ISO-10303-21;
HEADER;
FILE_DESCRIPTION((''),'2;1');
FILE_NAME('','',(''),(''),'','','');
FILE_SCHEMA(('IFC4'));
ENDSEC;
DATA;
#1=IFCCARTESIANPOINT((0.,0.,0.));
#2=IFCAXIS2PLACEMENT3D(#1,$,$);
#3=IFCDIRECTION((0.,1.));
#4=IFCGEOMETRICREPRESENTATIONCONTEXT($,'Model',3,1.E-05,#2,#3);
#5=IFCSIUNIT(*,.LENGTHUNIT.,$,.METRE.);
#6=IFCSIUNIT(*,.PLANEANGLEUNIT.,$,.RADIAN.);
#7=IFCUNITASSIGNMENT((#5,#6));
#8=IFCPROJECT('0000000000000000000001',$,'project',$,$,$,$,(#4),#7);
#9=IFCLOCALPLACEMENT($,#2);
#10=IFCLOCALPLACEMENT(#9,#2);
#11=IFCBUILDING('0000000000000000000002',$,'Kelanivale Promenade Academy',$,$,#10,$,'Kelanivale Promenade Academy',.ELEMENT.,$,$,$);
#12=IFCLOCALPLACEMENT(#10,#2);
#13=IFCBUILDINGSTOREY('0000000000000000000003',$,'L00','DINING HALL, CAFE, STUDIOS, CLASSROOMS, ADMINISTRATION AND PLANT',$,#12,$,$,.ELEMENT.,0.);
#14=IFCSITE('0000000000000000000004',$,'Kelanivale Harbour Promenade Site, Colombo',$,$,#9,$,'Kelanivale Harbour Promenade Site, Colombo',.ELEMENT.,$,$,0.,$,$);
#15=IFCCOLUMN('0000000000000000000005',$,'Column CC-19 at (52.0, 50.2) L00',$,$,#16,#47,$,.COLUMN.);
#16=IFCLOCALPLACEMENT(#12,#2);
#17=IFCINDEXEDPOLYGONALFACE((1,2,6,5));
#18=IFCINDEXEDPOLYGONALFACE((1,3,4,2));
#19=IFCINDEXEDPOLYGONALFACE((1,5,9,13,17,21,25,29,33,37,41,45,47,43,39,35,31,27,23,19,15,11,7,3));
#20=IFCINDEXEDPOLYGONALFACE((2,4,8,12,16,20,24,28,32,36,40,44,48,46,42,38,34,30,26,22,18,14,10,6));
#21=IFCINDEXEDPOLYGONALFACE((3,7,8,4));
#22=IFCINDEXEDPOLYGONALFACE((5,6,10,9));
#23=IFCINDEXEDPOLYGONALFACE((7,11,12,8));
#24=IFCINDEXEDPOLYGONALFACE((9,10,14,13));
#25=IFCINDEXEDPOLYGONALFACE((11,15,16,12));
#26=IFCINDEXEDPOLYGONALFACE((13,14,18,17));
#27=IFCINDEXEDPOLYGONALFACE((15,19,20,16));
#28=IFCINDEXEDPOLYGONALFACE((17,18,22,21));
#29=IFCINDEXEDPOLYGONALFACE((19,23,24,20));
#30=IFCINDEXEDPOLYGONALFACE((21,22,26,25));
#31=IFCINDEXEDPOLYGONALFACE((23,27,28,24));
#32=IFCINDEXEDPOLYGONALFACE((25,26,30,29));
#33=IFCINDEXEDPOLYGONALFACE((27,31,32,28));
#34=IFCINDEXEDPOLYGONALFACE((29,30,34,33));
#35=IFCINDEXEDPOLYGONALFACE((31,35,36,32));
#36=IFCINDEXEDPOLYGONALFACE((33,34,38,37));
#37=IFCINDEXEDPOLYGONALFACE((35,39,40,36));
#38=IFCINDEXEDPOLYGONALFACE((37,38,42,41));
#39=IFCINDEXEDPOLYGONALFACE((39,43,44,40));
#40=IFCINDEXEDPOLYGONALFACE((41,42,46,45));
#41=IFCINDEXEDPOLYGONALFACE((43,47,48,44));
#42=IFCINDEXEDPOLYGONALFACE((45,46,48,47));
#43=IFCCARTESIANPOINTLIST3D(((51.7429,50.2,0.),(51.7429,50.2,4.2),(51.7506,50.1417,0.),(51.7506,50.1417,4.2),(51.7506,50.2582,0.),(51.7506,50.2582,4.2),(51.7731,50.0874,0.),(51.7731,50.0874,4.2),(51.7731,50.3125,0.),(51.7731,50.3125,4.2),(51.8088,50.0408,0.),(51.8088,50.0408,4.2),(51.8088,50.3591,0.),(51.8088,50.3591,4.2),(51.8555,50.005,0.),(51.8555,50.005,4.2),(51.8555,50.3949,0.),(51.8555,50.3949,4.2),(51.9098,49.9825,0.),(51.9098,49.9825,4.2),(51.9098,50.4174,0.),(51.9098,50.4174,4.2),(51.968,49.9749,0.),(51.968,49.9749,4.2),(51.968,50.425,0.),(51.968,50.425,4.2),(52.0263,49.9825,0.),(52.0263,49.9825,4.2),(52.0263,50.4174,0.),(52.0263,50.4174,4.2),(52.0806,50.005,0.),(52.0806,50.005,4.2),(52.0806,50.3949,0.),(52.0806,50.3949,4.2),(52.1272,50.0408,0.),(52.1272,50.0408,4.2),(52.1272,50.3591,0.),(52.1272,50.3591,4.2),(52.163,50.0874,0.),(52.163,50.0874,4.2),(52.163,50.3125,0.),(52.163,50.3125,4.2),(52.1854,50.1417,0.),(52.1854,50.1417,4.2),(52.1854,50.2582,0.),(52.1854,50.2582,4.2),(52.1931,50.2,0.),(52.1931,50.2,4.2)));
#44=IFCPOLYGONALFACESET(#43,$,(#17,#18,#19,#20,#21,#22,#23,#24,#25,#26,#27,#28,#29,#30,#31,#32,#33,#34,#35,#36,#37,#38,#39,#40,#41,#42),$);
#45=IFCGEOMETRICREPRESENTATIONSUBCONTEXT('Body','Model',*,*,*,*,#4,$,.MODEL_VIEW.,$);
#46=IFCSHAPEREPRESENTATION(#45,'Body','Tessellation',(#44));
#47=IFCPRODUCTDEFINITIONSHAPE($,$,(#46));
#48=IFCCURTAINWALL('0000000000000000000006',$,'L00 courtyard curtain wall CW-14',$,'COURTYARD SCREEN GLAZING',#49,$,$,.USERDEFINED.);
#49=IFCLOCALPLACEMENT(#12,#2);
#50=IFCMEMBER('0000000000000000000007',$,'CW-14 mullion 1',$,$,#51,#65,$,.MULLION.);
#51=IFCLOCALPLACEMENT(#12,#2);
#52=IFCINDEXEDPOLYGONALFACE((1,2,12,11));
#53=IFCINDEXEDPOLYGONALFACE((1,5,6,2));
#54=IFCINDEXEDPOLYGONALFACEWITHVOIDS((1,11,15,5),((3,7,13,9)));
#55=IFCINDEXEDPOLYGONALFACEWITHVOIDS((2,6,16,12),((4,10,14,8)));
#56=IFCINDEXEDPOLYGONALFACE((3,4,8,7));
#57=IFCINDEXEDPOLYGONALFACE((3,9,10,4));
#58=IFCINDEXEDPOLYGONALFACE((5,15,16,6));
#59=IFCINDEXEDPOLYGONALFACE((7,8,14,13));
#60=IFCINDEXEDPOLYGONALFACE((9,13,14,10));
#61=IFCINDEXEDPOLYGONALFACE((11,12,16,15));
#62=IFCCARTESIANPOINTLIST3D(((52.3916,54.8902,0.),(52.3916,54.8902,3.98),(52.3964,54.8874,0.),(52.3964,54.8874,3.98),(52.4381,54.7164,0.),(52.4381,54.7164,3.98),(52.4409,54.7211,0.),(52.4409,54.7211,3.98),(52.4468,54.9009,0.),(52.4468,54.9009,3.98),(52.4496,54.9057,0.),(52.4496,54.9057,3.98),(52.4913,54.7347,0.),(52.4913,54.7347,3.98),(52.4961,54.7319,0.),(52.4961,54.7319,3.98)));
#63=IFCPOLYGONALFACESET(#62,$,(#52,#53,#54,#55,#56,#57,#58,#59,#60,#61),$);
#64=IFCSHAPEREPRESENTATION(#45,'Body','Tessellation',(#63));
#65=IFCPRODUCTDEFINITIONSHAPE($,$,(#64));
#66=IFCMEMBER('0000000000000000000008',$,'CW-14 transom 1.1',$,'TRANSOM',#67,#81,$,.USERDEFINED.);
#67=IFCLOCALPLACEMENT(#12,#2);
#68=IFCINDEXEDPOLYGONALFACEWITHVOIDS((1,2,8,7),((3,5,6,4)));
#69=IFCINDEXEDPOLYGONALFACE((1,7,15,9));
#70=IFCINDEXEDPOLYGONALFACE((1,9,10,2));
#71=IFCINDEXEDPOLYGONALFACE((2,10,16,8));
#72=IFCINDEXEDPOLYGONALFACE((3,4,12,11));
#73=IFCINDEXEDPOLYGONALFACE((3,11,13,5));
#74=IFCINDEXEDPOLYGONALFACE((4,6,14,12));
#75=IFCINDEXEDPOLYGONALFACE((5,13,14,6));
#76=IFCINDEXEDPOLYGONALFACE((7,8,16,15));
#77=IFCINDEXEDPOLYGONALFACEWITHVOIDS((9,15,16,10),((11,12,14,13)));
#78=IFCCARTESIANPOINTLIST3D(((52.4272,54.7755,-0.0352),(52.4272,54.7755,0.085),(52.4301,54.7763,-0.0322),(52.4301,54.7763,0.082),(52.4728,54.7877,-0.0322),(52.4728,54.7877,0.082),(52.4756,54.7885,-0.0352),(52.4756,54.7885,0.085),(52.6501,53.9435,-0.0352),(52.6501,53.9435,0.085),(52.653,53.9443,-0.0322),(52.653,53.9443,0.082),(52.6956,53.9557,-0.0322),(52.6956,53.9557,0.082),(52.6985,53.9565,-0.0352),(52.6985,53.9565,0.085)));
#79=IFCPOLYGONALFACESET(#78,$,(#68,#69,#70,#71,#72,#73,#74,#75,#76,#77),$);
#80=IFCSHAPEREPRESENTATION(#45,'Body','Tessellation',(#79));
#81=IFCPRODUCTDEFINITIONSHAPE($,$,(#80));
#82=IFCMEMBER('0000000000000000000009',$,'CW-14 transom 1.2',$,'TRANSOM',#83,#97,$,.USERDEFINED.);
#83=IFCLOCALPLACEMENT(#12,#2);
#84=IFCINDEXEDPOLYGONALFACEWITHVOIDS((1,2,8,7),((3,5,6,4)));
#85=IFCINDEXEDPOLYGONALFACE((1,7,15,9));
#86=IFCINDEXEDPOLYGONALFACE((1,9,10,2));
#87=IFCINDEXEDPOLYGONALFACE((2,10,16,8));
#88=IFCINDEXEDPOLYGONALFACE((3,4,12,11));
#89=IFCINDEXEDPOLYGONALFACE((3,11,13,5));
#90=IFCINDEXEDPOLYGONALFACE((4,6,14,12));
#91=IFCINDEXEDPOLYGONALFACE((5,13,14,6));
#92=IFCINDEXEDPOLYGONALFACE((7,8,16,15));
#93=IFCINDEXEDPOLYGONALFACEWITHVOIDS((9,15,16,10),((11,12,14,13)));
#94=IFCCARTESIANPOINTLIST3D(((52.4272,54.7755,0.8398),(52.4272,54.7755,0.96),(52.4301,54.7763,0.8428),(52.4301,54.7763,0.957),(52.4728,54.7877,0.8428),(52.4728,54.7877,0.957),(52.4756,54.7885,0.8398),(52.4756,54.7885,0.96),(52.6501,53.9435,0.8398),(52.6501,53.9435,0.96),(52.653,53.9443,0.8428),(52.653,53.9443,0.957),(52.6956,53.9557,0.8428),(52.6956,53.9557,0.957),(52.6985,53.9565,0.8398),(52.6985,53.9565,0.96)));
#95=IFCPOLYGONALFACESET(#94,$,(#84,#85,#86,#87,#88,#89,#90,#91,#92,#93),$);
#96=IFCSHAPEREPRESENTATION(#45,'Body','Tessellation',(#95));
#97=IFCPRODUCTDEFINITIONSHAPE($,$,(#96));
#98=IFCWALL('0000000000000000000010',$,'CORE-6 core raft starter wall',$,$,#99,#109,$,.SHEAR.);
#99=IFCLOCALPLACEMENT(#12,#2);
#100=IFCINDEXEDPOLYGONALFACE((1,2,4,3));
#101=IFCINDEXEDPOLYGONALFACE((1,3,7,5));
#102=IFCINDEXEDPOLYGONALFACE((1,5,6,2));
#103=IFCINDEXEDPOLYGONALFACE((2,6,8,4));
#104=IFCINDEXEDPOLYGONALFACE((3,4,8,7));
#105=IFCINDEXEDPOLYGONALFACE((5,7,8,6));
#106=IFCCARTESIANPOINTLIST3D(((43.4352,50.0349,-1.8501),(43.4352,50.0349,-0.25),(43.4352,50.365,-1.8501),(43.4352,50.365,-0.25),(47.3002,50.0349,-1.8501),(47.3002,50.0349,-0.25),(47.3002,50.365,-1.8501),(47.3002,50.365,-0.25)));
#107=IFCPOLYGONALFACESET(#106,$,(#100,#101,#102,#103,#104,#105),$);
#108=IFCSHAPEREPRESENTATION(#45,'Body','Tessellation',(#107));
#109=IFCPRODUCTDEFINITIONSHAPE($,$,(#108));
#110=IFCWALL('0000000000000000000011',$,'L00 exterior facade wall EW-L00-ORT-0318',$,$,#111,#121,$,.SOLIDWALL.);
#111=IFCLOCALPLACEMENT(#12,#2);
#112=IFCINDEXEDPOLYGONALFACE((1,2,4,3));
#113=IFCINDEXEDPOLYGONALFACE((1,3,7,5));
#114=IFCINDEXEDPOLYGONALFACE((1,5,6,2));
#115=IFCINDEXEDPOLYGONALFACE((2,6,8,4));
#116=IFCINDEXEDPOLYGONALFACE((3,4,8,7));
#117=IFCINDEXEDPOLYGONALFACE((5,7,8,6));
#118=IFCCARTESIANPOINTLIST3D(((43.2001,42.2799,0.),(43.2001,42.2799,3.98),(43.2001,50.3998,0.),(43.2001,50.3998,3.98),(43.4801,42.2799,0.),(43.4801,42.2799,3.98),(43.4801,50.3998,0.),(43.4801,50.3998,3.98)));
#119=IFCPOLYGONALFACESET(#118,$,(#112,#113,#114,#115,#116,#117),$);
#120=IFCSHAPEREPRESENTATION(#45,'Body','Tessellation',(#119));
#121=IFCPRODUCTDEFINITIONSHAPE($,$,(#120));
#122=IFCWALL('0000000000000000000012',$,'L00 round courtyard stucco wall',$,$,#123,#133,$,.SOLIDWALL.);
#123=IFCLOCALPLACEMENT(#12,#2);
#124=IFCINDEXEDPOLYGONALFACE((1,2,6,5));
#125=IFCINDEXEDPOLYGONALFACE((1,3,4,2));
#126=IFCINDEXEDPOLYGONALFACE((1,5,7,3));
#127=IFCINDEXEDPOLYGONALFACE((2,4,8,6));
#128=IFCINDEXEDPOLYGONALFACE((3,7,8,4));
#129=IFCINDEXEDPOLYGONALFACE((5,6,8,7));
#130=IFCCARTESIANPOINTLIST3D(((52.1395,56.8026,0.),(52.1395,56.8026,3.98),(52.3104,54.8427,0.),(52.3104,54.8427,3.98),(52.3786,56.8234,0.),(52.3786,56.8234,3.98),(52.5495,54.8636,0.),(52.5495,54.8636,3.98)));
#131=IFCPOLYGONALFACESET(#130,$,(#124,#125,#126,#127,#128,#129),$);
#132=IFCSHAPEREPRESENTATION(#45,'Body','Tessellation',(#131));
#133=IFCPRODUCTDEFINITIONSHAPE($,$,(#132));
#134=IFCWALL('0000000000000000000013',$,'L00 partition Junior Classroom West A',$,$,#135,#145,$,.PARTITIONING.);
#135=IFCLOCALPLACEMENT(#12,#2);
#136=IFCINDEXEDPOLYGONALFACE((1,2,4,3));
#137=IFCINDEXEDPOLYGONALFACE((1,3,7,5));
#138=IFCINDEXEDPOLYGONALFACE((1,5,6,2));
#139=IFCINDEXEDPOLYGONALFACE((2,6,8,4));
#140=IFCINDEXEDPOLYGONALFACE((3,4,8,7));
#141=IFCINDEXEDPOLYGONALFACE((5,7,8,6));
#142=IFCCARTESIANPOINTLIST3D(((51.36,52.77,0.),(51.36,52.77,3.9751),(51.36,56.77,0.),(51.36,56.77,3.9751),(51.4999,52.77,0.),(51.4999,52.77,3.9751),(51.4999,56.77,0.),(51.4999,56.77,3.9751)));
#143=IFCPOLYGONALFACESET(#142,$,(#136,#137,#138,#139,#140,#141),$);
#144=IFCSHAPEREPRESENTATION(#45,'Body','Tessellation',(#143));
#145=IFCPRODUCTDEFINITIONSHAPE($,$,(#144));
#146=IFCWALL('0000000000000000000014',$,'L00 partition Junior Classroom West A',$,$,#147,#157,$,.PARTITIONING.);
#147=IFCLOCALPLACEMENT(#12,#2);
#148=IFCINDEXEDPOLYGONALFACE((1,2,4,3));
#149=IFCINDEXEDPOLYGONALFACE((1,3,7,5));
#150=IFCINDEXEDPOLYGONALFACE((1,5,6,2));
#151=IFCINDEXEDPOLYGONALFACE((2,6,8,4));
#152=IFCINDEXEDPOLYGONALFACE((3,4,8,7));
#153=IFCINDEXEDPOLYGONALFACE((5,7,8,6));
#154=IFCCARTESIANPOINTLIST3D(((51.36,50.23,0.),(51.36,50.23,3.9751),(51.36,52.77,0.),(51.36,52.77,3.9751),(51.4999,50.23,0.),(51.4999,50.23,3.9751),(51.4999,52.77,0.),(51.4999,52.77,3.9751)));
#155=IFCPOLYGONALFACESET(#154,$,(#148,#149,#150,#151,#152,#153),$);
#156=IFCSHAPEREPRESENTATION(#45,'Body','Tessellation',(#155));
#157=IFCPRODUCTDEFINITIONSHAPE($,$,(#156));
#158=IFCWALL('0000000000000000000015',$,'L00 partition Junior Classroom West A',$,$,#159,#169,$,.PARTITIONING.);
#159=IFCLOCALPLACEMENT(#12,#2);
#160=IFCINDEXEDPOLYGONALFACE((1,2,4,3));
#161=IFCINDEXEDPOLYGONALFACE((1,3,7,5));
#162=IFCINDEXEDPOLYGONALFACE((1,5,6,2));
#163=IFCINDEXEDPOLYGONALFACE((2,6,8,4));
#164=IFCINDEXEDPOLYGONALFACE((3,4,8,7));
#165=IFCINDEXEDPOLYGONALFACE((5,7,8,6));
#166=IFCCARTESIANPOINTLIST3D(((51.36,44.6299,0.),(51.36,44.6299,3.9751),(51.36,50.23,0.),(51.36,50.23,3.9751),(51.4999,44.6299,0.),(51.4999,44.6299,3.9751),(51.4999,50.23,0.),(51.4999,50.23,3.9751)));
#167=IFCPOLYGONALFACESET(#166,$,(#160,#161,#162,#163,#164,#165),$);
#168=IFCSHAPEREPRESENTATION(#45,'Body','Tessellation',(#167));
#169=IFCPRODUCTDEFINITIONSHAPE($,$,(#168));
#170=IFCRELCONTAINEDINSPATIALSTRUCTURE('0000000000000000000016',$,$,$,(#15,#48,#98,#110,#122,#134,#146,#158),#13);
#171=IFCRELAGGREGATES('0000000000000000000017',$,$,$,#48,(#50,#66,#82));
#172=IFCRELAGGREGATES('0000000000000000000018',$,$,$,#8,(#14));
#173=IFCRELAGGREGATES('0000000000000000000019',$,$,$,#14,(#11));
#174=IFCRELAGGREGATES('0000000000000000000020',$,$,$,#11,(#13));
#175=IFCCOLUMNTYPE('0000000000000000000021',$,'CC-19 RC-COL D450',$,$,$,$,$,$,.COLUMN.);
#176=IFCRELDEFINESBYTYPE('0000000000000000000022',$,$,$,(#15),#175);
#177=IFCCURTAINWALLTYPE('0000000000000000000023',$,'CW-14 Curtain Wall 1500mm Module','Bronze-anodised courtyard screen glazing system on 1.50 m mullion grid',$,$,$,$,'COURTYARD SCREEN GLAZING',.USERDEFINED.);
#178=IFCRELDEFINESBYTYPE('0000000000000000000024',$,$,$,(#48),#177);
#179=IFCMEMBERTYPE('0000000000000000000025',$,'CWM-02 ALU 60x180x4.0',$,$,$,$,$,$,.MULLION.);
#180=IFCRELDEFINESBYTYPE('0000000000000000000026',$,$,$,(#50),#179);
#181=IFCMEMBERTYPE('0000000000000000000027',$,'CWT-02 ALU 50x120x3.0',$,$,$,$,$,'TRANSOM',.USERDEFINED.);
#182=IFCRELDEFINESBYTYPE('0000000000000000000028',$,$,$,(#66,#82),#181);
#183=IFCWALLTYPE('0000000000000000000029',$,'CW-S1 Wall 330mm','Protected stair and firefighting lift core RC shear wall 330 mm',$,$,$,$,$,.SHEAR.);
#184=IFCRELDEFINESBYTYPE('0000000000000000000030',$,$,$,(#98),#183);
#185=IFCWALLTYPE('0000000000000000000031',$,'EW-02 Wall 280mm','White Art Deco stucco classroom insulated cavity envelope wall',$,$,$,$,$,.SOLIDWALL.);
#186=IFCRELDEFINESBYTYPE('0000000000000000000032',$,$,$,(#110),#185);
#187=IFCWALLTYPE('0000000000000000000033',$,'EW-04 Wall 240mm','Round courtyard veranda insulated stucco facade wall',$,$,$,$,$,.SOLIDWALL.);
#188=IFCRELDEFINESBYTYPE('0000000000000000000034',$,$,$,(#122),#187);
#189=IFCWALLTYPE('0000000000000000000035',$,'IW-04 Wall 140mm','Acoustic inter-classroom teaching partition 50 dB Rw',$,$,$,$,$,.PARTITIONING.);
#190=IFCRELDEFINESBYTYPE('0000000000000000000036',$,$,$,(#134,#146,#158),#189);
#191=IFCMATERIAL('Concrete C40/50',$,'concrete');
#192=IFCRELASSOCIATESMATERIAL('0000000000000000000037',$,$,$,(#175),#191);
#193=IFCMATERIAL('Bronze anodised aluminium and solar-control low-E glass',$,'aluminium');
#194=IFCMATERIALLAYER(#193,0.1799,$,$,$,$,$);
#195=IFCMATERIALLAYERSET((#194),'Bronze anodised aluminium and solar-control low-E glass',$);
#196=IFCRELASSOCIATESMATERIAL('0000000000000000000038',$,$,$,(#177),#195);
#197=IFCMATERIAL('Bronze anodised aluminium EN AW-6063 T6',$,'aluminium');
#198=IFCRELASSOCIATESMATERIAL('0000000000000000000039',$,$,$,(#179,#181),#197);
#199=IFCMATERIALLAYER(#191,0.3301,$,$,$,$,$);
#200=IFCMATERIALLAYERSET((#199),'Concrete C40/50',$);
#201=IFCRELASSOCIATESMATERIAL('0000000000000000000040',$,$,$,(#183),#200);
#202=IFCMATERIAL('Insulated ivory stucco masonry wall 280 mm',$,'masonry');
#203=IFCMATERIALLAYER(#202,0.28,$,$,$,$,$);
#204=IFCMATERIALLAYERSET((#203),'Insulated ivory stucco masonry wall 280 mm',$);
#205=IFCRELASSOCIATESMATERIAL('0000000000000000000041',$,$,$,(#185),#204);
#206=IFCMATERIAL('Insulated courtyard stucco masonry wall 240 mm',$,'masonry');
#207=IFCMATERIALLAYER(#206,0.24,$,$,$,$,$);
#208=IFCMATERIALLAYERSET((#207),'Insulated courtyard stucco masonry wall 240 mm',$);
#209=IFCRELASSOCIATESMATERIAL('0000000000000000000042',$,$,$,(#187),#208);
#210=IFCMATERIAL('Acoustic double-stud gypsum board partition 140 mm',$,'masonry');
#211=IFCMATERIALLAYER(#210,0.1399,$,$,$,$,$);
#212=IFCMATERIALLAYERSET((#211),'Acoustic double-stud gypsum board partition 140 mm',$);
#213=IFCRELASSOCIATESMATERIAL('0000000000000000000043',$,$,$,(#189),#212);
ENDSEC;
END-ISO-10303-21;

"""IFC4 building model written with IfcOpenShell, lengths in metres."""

from ifc_helpers import new_model, si_unit, direction, frame, frame_2d, origin, origin_2d, place, context, subcontext, project, spatial, rectangle, hollow_rectangle, circle, extrude, material, layer, layer_set, material_profile, profile_set, type_object, element, aggregate, save


model = new_model("IFC4")

# Units and contexts
model_context = context("Model", 3, precision=1e-05, world=origin(), true_north=direction((0.0, 1.0)))
body_context = subcontext(model_context, "Body", "Model", "MODEL_VIEW")
ifc_project = project(units=[si_unit("LENGTHUNIT", "METRE"), si_unit("PLANEANGLEUNIT", "RADIAN")], contexts=[model_context])

# Site, building, storey
site_placement = place(None, origin())
site = spatial("IfcSite", under=ifc_project, at=site_placement, Name="Kelanivale Harbour Promenade Site, Colombo", LongName="Kelanivale Harbour Promenade Site, Colombo", CompositionType="ELEMENT", RefElevation=0.0)
building_placement = place(site_placement, origin())
building = spatial("IfcBuilding", under=site, at=building_placement, Name="Kelanivale Promenade Academy", LongName="Kelanivale Promenade Academy", CompositionType="ELEMENT")
storey_placement = place(building_placement, origin())
storey = spatial("IfcBuildingStorey", under=building, at=storey_placement, Name="L00", Description="DINING HALL, CAFE, STUDIOS, CLASSROOMS, ADMINISTRATION AND PLANT", CompositionType="ELEMENT", Elevation=0.0)

# Column
ifc_material_1 = material(Name="Concrete C40/50", Category="concrete")
ifc_material_profile_1 = material_profile(ifc_material_1, circle(Radius=0.2251, at=origin_2d()), Name="RC-COL D450")
ifc_profile_set_1 = profile_set([ifc_material_profile_1], Name="Concrete C40/50")
column_type_1 = type_object("IfcColumnType", Name="CC-19 RC-COL D450", PredefinedType="COLUMN", material=ifc_profile_set_1)
column_1_placement = place(storey_placement, frame((51.968, 50.2, 0.0), z_axis=(0.0, 0.0, 1.0), x_axis=(1.0, 0.0, 0.0)))
element("IfcColumn", 1, at=column_1_placement, inside=storey, type_object=column_type_1, Name="Column CC-19 at (52.0, 50.2) L00", PredefinedType="COLUMN", context=body_context, shape_type="SweptSolid", body=[
    extrude(circle(Radius=0.2251, at=origin_2d()), origin(), (0.0, 0.0, 1.0), 4.2),
])

# Curtain wall, members
ifc_material_2 = material(Name="Bronze anodised aluminium and solar-control low-E glass", Category="aluminium")
ifc_layer_1 = layer(ifc_material_2, 0.1799)
ifc_layer_set_1 = layer_set([ifc_layer_1], Name="Bronze anodised aluminium and solar-control low-E glass")
curtain_wall_type = type_object("IfcCurtainWallType", Name="CW-14 Curtain Wall 1500mm Module", Description="Bronze-anodised courtyard screen glazing system on 1.50 m mullion grid", ElementType="COURTYARD SCREEN GLAZING", PredefinedType="USERDEFINED", material=ifc_layer_set_1)
curtain_wall_placement = place(storey_placement, origin())
curtain_wall = element("IfcCurtainWall", 2, at=curtain_wall_placement, inside=storey, type_object=curtain_wall_type, Name="L00 courtyard curtain wall CW-14", ObjectType="COURTYARD SCREEN GLAZING", PredefinedType="USERDEFINED")
ifc_material_3 = material(Name="Bronze anodised aluminium EN AW-6063 T6", Category="aluminium")
ifc_material_profile_2 = material_profile(ifc_material_3, hollow_rectangle(XDim=0.0601, YDim=0.1799, WallThickness=0.0039, at=origin_2d()), Name="ALU 60x180x4.0")
ifc_profile_set_2 = profile_set([ifc_material_profile_2], Name="Bronze anodised aluminium EN AW-6063 T6")
member_type_1 = type_object("IfcMemberType", Name="CWM-02 ALU 60x180x4.0", PredefinedType="MULLION", material=ifc_profile_set_2)
member_1_placement = place(storey_placement, frame((52.4438, 54.811, 0.0), z_axis=(0.0, 0.0, 1.0), x_axis=(0.96599, 0.258578, 0.0)))
member_1 = element("IfcMember", 3, at=member_1_placement, type_object=member_type_1, Name="CW-14 mullion 1", PredefinedType="MULLION", context=body_context, shape_type="SweptSolid", body=[
    extrude(hollow_rectangle(XDim=0.0601, YDim=0.1799, WallThickness=0.0039, at=origin_2d()), origin(), (0.0, 0.0, 1.0), 3.98),
])
ifc_material_profile_3 = material_profile(ifc_material_3, hollow_rectangle(XDim=0.05, YDim=0.1201, WallThickness=0.0029, at=origin_2d()), Name="ALU 50x120x3.0")
ifc_profile_set_3 = profile_set([ifc_material_profile_3], Name="Bronze anodised aluminium EN AW-6063 T6")
member_type_2 = type_object("IfcMemberType", Name="CWT-02 ALU 50x120x3.0", ElementType="TRANSOM", PredefinedType="USERDEFINED", material=ifc_profile_set_3)
member_2_placement = place(storey_placement, frame((52.4514, 54.782, 0.0249), z_axis=(0.258774, -0.965938, 0.0), x_axis=(0.965938, 0.258774, 0.0)))
member_2 = element("IfcMember", 4, at=member_2_placement, type_object=member_type_2, Name="CW-14 transom 1.1", ObjectType="TRANSOM", PredefinedType="USERDEFINED", context=body_context, shape_type="SweptSolid", body=[
    extrude(hollow_rectangle(XDim=0.05, YDim=0.1201, WallThickness=0.0029, at=origin_2d()), origin(), (0.0, 0.0, 1.0), 0.8613),
])
member_3_placement = place(storey_placement, frame((52.4514, 54.782, 0.8999), z_axis=(0.258774, -0.965938, 0.0), x_axis=(0.965938, 0.258774, 0.0)))
member_3 = element("IfcMember", 5, at=member_3_placement, type_object=member_type_2, Name="CW-14 transom 1.2", ObjectType="TRANSOM", PredefinedType="USERDEFINED", context=body_context, shape_type="SweptSolid", body=[
    extrude(hollow_rectangle(XDim=0.05, YDim=0.1201, WallThickness=0.0029, at=origin_2d()), origin(), (0.0, 0.0, 1.0), 0.8613),
])
aggregate(curtain_wall, [member_1, member_2, member_3])

# Wall
ifc_layer_2 = layer(ifc_material_1, 0.3301)
ifc_layer_set_2 = layer_set([ifc_layer_2], Name="Concrete C40/50")
wall_type_1 = type_object("IfcWallType", Name="CW-S1 Wall 330mm", Description="Protected stair and firefighting lift core RC shear wall 330 mm", PredefinedType="SHEAR", material=ifc_layer_set_2)
wall_1_placement = place(storey_placement, frame((43.4351, 50.2, -1.8501), z_axis=(0.0, 0.0, 1.0), x_axis=(1.0, 0.0, 0.0)))
element("IfcWall", 6, at=wall_1_placement, inside=storey, type_object=wall_type_1, Name="CORE-6 core raft starter wall", PredefinedType="SHEAR", context=body_context, shape_type="SweptSolid", body=[
    extrude(rectangle(XDim=3.865, YDim=0.3301, at=frame_2d((1.9326, 0.0))), origin(), (0.0, 0.0, 1.0), 1.6001),
])

# Walls
ifc_material_4 = material(Name="Insulated ivory stucco masonry wall 280 mm", Category="masonry")
ifc_layer_3 = layer(ifc_material_4, 0.28)
ifc_layer_set_3 = layer_set([ifc_layer_3], Name="Insulated ivory stucco masonry wall 280 mm")
wall_type_2 = type_object("IfcWallType", Name="EW-02 Wall 280mm", Description="White Art Deco stucco classroom insulated cavity envelope wall", PredefinedType="SOLIDWALL", material=ifc_layer_set_3)
wall_2_placement = place(storey_placement, frame((43.3401, 50.3999, 0.0), z_axis=(0.0, 0.0, 1.0), x_axis=(0.0, -1.0, 0.0)))
element("IfcWall", 7, at=wall_2_placement, inside=storey, type_object=wall_type_2, Name="L00 exterior facade wall EW-L00-ORT-0318", PredefinedType="SOLIDWALL", context=body_context, shape_type="SweptSolid", body=[
    extrude(rectangle(XDim=8.1199, YDim=0.28, at=frame_2d((4.0601, 0.0))), origin(), (0.0, 0.0, 1.0), 3.98),
])
ifc_material_5 = material(Name="Insulated courtyard stucco masonry wall 240 mm", Category="masonry")
ifc_layer_4 = layer(ifc_material_5, 0.24)
ifc_layer_set_4 = layer_set([ifc_layer_4], Name="Insulated courtyard stucco masonry wall 240 mm")
wall_type_3 = type_object("IfcWallType", Name="EW-04 Wall 240mm", Description="Round courtyard veranda insulated stucco facade wall", PredefinedType="SOLIDWALL", material=ifc_layer_set_4)
wall_3_placement = place(storey_placement, frame((52.259, 56.813, 0.0), z_axis=(0.0, 0.0, 1.0), x_axis=(0.086865, -0.99622, 0.0)))
element("IfcWall", 8, at=wall_3_placement, inside=storey, type_object=wall_type_3, Name="L00 round courtyard stucco wall", PredefinedType="SOLIDWALL", context=body_context, shape_type="SweptSolid", body=[
    extrude(rectangle(XDim=1.9673, YDim=0.24, at=frame_2d((0.9836, 0.0))), origin(), (0.0, 0.0, 1.0), 3.98),
])
ifc_material_6 = material(Name="Acoustic double-stud gypsum board partition 140 mm", Category="masonry")
ifc_layer_5 = layer(ifc_material_6, 0.1399)
ifc_layer_set_5 = layer_set([ifc_layer_5], Name="Acoustic double-stud gypsum board partition 140 mm")
wall_type_4 = type_object("IfcWallType", Name="IW-04 Wall 140mm", Description="Acoustic inter-classroom teaching partition 50 dB Rw", PredefinedType="PARTITIONING", material=ifc_layer_set_5)
wall_4_placement = place(storey_placement, frame((51.4299, 56.77, 0.0), z_axis=(0.0, 0.0, 1.0), x_axis=(0.0, -1.0, 0.0)))
element("IfcWall", 9, at=wall_4_placement, inside=storey, type_object=wall_type_4, Name="L00 partition Junior Classroom West A", PredefinedType="PARTITIONING", context=body_context, shape_type="SweptSolid", body=[
    extrude(rectangle(XDim=4.0, YDim=0.1399, at=frame_2d((2.0, 0.0))), origin(), (0.0, 0.0, 1.0), 3.9751),
])
wall_5_placement = place(storey_placement, frame((51.4299, 52.77, 0.0), z_axis=(0.0, 0.0, 1.0), x_axis=(0.0, -1.0, 0.0)))
element("IfcWall", 10, at=wall_5_placement, inside=storey, type_object=wall_type_4, Name="L00 partition Junior Classroom West A", PredefinedType="PARTITIONING", context=body_context, shape_type="SweptSolid", body=[
    extrude(rectangle(XDim=2.54, YDim=0.1399, at=frame_2d((1.27, 0.0))), origin(), (0.0, 0.0, 1.0), 3.9751),
])
wall_6_placement = place(storey_placement, frame((51.4299, 50.23, 0.0), z_axis=(0.0, 0.0, 1.0), x_axis=(0.0, -1.0, 0.0)))
element("IfcWall", 11, at=wall_6_placement, inside=storey, type_object=wall_type_4, Name="L00 partition Junior Classroom West A", PredefinedType="PARTITIONING", context=body_context, shape_type="SweptSolid", body=[
    extrude(rectangle(XDim=5.6001, YDim=0.1399, at=frame_2d((2.8, 0.0))), origin(), (0.0, 0.0, 1.0), 3.9751),
])

save(model, "model.ifc")
